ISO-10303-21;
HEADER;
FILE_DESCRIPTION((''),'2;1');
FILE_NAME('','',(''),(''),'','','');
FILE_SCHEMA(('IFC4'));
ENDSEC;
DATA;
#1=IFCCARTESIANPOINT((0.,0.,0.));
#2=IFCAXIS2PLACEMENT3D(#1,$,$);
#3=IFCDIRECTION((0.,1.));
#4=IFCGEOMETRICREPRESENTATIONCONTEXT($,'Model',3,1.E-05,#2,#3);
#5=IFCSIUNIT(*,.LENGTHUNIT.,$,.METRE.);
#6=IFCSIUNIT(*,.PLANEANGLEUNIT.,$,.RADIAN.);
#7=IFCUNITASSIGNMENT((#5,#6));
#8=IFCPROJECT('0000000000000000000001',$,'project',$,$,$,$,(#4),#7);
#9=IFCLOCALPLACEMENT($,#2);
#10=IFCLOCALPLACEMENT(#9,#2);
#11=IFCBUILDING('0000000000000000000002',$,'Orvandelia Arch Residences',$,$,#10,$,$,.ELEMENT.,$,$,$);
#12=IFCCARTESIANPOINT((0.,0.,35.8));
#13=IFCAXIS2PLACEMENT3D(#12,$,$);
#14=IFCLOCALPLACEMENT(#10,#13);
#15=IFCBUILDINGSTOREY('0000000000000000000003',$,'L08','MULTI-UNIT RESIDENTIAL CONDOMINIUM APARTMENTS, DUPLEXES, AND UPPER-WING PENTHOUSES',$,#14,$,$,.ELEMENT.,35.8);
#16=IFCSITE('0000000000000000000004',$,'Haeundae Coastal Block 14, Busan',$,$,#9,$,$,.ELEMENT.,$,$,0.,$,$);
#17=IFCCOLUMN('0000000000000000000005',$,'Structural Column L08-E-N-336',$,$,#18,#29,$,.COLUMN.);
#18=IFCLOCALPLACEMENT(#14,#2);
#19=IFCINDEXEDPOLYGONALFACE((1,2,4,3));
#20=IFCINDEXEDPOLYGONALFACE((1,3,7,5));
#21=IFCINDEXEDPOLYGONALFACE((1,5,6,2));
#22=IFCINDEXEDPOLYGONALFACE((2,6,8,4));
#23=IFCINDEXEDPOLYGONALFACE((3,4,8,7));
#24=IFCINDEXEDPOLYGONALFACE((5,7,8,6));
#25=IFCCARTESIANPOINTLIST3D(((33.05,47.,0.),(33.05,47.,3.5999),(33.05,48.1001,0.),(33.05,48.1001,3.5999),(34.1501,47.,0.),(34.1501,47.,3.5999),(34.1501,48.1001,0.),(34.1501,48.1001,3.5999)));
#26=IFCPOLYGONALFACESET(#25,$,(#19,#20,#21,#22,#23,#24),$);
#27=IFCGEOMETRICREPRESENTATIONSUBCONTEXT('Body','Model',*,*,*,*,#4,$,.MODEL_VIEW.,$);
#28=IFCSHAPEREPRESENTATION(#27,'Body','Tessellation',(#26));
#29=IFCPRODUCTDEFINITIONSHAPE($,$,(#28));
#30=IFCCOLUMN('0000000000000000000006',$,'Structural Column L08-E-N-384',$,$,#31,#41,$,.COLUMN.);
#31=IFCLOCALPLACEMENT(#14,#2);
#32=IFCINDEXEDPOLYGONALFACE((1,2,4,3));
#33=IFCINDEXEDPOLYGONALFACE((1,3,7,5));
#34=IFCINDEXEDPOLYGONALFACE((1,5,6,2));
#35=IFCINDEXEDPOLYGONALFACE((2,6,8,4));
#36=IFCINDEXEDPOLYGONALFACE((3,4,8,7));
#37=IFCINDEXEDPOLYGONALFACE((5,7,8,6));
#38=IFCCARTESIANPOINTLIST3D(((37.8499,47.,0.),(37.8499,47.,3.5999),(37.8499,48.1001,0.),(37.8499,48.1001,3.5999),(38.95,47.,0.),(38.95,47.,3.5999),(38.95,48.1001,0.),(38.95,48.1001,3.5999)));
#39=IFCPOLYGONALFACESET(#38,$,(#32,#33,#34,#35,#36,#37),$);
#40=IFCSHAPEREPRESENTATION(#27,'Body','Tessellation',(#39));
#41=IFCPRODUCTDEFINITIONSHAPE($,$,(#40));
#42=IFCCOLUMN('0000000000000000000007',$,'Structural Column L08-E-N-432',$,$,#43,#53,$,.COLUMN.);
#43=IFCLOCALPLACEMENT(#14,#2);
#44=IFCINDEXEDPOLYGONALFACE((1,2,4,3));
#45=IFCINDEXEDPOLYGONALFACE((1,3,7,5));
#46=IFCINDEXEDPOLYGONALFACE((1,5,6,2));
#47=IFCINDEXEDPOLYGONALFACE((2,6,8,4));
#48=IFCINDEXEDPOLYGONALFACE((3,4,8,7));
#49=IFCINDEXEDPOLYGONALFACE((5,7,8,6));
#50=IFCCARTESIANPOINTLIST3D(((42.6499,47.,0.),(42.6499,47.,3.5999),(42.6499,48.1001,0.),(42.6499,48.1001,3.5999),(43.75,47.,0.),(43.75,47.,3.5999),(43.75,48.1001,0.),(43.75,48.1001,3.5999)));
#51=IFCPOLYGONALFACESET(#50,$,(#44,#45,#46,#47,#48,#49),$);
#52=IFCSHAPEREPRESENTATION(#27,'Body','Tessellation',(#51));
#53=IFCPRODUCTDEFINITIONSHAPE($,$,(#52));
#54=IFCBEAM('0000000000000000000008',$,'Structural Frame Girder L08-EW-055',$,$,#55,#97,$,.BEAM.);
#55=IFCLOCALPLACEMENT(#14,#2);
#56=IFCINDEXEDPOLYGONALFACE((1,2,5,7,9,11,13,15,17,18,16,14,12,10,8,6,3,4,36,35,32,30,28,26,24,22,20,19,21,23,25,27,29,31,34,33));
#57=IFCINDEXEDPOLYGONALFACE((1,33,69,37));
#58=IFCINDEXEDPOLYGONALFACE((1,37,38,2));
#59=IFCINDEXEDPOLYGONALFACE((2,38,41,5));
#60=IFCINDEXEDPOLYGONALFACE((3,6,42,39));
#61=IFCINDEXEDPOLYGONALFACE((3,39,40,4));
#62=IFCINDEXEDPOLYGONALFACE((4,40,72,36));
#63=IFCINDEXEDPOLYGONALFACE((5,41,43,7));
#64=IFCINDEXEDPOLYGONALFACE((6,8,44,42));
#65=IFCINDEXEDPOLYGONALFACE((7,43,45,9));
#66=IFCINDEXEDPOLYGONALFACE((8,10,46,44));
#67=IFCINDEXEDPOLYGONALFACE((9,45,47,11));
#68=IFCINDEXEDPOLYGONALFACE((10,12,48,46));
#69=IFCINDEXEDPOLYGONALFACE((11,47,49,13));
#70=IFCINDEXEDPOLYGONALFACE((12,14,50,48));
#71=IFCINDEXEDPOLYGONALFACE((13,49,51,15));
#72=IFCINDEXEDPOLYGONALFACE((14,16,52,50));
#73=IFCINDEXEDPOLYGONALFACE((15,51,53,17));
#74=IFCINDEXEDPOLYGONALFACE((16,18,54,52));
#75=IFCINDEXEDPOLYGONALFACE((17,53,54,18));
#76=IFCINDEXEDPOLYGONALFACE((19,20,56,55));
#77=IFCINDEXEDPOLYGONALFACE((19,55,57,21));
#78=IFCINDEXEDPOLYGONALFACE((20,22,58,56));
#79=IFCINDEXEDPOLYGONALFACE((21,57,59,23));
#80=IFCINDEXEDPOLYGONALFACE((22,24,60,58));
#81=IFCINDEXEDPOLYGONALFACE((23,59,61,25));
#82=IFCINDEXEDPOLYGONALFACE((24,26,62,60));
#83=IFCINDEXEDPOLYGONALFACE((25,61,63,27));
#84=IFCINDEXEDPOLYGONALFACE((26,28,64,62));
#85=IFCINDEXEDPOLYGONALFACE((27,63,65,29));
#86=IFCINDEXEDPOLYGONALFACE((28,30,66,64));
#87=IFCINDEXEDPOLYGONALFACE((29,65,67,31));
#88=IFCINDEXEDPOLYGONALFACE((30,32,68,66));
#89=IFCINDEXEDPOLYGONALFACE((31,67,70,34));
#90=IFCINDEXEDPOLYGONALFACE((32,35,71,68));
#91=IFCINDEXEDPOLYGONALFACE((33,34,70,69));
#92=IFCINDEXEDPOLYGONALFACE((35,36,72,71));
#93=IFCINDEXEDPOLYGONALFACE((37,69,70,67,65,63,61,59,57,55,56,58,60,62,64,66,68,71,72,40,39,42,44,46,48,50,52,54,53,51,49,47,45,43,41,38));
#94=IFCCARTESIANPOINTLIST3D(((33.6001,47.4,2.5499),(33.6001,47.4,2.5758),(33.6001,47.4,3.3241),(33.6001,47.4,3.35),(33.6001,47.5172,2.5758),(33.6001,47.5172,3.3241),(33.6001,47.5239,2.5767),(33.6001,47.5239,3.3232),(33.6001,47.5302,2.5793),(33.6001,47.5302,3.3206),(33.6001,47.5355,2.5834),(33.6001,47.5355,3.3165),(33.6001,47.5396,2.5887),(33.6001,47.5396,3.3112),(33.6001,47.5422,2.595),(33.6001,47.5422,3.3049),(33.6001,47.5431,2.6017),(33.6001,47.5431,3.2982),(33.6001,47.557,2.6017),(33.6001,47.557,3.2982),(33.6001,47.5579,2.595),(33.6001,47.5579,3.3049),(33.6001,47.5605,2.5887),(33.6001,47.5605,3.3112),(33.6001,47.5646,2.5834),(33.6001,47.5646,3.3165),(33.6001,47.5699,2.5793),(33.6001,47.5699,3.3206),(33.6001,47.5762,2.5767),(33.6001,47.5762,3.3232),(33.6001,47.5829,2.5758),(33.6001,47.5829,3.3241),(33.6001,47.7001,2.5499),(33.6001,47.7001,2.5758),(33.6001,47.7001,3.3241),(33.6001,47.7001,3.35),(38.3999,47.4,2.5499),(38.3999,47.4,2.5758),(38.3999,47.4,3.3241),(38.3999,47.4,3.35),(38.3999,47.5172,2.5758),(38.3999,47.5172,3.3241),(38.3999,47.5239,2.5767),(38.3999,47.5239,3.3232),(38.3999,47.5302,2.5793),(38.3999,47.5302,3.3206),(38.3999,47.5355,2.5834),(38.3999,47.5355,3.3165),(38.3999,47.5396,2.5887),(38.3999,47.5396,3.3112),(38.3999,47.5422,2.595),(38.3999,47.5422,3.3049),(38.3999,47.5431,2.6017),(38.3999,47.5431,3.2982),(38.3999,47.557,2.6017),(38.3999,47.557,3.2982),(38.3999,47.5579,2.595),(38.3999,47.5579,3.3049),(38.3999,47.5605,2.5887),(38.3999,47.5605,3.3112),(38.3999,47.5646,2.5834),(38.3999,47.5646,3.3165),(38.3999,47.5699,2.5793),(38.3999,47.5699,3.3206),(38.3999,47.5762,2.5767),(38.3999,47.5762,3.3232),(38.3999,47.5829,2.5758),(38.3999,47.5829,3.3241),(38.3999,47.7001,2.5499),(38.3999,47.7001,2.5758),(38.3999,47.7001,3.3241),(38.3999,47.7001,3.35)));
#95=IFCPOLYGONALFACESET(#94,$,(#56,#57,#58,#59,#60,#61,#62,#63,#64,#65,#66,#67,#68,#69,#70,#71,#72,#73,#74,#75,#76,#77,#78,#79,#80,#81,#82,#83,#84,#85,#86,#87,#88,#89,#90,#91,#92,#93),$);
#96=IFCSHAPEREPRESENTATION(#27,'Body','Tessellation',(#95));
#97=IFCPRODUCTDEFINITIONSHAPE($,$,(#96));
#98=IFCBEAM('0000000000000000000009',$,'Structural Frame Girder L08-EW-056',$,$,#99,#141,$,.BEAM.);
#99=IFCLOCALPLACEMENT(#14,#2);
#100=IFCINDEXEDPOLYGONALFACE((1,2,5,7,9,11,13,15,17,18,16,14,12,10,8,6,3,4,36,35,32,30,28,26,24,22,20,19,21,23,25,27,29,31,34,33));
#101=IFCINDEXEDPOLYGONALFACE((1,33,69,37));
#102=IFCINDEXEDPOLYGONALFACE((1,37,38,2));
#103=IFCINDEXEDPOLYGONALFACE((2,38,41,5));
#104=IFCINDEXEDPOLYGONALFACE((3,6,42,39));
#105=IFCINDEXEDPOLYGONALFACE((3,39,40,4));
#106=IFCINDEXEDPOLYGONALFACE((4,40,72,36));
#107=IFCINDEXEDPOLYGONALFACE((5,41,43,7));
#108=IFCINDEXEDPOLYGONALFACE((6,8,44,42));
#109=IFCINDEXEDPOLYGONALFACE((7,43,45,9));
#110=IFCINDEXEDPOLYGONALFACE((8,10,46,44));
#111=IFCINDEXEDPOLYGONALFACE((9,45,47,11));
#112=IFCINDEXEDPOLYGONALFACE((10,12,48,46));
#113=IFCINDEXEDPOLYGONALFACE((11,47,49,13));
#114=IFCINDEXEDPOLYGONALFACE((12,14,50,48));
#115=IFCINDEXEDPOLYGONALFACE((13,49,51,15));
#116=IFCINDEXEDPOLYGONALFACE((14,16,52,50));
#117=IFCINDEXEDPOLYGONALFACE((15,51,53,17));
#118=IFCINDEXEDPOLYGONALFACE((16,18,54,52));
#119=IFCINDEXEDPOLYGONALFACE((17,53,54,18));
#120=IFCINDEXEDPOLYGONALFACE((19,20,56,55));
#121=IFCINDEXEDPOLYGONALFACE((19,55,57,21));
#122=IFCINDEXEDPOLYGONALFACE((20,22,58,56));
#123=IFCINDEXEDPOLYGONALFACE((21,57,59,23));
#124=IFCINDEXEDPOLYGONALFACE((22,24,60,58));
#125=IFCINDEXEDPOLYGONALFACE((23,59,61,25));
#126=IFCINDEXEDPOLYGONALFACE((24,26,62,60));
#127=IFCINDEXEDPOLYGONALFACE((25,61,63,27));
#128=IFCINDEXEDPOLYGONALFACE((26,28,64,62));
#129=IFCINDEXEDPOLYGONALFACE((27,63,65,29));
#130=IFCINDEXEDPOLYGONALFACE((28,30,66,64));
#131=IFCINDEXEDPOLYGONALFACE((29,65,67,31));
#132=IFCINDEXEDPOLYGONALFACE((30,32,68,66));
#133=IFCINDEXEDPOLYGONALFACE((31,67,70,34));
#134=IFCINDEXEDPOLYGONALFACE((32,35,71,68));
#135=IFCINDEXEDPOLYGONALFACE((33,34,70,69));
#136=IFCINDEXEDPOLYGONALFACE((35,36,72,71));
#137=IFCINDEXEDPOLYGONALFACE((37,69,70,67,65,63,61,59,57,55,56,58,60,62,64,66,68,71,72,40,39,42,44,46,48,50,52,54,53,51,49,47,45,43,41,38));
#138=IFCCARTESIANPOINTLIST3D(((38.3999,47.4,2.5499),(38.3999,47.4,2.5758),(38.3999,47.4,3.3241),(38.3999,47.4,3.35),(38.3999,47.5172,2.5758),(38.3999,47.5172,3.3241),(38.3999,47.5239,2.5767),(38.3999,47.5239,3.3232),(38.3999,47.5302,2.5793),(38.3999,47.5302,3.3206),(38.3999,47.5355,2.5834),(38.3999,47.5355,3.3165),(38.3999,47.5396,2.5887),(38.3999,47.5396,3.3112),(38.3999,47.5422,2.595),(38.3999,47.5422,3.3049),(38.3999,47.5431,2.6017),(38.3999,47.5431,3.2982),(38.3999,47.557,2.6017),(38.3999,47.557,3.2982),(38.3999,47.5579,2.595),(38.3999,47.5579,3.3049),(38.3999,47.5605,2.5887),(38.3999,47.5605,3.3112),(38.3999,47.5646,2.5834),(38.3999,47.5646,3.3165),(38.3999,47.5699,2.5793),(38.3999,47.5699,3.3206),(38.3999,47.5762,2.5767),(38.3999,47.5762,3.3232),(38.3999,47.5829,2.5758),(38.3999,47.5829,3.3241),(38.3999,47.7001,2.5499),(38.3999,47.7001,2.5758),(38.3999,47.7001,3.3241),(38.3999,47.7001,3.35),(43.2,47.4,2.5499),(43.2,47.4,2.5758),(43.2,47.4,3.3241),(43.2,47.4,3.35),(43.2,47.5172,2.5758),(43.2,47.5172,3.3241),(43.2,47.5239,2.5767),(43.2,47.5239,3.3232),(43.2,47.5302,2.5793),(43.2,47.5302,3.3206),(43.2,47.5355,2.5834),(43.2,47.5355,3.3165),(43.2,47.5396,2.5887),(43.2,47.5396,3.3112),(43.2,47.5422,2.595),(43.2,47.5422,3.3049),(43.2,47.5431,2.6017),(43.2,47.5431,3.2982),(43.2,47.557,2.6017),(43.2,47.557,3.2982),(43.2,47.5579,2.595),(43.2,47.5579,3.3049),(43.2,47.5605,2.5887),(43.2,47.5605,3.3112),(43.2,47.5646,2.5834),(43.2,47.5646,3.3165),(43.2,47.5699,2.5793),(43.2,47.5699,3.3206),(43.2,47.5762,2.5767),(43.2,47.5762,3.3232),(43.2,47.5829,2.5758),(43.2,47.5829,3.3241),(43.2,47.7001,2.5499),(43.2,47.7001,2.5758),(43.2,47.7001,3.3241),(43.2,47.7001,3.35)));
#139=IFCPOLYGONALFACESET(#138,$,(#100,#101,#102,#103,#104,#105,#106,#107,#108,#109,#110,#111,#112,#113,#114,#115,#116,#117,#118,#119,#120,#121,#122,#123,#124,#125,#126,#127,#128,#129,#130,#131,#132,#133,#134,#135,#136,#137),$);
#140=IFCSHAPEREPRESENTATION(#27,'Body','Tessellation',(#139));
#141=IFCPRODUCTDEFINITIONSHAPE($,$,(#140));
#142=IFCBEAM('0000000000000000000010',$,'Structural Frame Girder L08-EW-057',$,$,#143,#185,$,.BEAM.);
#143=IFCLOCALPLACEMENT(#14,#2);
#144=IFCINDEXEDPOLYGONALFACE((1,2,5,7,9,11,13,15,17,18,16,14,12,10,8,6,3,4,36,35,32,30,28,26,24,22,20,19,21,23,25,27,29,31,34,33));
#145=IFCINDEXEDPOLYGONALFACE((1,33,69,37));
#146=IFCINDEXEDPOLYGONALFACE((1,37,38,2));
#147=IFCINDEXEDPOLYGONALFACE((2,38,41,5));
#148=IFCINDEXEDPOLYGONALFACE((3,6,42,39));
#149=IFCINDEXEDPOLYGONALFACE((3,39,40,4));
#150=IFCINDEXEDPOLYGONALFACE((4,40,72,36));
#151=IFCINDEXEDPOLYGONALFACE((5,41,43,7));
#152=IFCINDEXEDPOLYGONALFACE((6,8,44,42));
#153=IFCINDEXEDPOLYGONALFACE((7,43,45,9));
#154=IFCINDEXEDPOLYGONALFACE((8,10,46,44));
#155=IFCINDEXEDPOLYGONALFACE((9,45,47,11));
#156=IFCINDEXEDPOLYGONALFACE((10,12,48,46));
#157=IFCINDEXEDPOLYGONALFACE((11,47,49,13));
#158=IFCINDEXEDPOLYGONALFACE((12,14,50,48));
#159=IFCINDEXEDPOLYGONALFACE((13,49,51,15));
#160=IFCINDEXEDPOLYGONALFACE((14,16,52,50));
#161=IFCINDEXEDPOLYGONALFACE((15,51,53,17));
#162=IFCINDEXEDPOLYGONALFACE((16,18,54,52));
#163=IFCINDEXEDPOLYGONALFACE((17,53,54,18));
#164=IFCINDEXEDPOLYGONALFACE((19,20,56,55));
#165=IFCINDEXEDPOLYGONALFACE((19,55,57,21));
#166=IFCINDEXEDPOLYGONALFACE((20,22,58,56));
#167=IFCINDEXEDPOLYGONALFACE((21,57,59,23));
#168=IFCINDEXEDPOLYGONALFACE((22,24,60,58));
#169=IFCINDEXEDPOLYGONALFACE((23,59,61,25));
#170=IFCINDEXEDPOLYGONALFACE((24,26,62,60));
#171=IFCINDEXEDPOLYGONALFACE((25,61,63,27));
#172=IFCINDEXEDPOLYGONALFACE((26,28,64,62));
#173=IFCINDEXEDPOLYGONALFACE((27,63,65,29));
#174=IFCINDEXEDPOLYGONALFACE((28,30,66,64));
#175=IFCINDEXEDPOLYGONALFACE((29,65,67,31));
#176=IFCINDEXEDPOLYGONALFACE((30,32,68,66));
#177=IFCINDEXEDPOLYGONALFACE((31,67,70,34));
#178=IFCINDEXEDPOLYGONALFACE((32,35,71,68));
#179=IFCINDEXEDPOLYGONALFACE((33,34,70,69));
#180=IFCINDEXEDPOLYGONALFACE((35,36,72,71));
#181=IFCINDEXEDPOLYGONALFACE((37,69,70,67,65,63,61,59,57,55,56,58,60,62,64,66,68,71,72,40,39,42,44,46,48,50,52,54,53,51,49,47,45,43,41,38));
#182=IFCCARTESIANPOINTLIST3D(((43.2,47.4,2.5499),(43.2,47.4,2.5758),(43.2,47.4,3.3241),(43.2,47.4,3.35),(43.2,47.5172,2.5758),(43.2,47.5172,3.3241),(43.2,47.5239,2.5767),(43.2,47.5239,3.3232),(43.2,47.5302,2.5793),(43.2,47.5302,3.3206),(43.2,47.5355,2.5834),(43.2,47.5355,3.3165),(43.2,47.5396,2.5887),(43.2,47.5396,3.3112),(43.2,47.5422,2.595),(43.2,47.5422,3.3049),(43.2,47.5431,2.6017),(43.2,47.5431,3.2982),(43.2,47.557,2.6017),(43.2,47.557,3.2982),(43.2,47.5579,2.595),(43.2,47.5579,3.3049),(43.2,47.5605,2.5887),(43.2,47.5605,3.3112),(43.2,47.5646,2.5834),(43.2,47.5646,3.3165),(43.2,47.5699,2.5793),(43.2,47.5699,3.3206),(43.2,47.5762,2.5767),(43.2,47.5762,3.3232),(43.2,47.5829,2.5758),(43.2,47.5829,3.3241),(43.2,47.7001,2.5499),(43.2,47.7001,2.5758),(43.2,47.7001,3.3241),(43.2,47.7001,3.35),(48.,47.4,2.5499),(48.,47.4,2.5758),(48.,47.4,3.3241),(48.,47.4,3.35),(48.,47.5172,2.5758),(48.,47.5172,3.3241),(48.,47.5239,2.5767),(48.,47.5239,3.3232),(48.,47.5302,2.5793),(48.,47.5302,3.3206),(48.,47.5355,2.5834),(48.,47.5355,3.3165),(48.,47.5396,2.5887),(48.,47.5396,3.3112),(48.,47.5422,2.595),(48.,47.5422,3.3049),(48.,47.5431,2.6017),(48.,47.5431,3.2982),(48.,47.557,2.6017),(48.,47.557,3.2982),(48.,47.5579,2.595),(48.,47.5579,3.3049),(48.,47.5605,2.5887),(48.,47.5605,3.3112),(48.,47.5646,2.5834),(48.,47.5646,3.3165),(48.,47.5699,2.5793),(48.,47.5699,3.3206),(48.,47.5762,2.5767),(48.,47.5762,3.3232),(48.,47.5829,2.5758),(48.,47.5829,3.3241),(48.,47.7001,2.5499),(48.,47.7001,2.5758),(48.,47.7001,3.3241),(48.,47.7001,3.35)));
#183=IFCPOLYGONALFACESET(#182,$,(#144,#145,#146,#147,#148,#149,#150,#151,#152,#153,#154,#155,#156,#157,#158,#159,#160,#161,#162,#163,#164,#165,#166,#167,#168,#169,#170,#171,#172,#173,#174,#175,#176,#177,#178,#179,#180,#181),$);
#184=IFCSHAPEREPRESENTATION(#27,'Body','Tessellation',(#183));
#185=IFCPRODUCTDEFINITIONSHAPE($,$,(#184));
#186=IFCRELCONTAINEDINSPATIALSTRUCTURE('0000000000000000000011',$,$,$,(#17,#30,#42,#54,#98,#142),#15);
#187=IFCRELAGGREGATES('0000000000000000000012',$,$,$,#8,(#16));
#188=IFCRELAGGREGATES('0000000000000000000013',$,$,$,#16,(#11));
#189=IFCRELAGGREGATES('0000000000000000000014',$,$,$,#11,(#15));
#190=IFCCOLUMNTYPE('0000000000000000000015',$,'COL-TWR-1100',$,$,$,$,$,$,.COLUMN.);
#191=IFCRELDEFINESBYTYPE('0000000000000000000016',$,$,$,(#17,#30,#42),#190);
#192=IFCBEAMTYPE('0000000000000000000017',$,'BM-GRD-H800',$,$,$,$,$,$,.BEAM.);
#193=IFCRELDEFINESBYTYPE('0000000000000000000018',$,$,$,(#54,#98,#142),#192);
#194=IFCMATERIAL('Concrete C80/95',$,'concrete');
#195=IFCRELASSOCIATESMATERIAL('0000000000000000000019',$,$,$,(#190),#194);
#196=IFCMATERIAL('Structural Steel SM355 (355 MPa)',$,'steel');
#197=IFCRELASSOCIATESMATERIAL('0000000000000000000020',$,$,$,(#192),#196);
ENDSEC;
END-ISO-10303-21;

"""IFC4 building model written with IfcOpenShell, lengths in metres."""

from ifc_helpers import new_model, si_unit, direction, frame, origin, origin_2d, place, context, subcontext, project, spatial, rectangle, i_section, extrude, material, material_profile, profile_set, type_object, element, save


model = new_model("IFC4")

# Units and contexts
model_context = context("Model", 3, precision=1e-05, world=origin(), true_north=direction((0.0, 1.0)))
body_context = subcontext(model_context, "Body", "Model", "MODEL_VIEW")
ifc_project = project(units=[si_unit("LENGTHUNIT", "METRE"), si_unit("PLANEANGLEUNIT", "RADIAN")], contexts=[model_context])

# Site, building, storey
site_placement = place(None, origin())
site = spatial("IfcSite", under=ifc_project, at=site_placement, Name="Haeundae Coastal Block 14, Busan", CompositionType="ELEMENT", RefElevation=0.0)
building_placement = place(site_placement, origin())
building = spatial("IfcBuilding", under=site, at=building_placement, Name="Orvandelia Arch Residences", CompositionType="ELEMENT")
storey_placement = place(building_placement, frame((0.0, 0.0, 35.8)))
storey = spatial("IfcBuildingStorey", under=building, at=storey_placement, Name="L08", Description="MULTI-UNIT RESIDENTIAL CONDOMINIUM APARTMENTS, DUPLEXES, AND UPPER-WING PENTHOUSES", CompositionType="ELEMENT", Elevation=35.8)

# Columns
ifc_material_1 = material(Name="Concrete C80/95", Category="concrete")
ifc_material_profile_1 = material_profile(ifc_material_1, rectangle(XDim=1.1001, YDim=1.1001, at=origin_2d()), Name="Concrete C80/95", Category="concrete")
ifc_profile_set_1 = profile_set([ifc_material_profile_1], Name="Concrete C80/95")
column_type = type_object("IfcColumnType", Name="COL-TWR-1100", PredefinedType="COLUMN", material=ifc_profile_set_1)
for number, where, z_axis, x_axis, name in (
    (1, (33.6001, 47.55, 0.0), (0.0, 0.0, 1.0), (1.0, 0.0, 0.0), "Structural Column L08-E-N-336"),
    (2, (38.3999, 47.55, 0.0), (0.0, 0.0, 1.0), (1.0, 0.0, 0.0), "Structural Column L08-E-N-384"),
    (3, (43.2, 47.55, 0.0), (0.0, 0.0, 1.0), (1.0, 0.0, 0.0), "Structural Column L08-E-N-432"),
):
    element("IfcColumn", number, at=place(storey_placement, frame(where, z_axis=z_axis, x_axis=x_axis)), inside=storey, type_object=column_type, Name=name, PredefinedType="COLUMN", context=body_context, shape_type="SweptSolid", body=[
        extrude(rectangle(XDim=1.1001, YDim=1.1001, at=origin_2d()), origin(), (0.0, 0.0, 1.0), 3.5999),
    ])

# Beams
ifc_material_2 = material(Name="Structural Steel SM355 (355 MPa)", Category="steel")
ifc_material_profile_2 = material_profile(ifc_material_2, i_section(OverallWidth=0.3, OverallDepth=0.8, WebThickness=0.0139, FlangeThickness=0.0259, FilletRadius=0.0259, at=origin_2d()), Name="Structural Steel SM355 (355 MPa)", Category="steel")
ifc_profile_set_2 = profile_set([ifc_material_profile_2], Name="Structural Steel SM355 (355 MPa)")
beam_type = type_object("IfcBeamType", Name="BM-GRD-H800", PredefinedType="BEAM", material=ifc_profile_set_2)
beam_placement = place(storey_placement, frame((33.6001, 47.55, 2.95), z_axis=(1.0, 0.0, 0.0), x_axis=(0.0, 1.0, 0.0)))
element("IfcBeam", 4, at=beam_placement, inside=storey, type_object=beam_type, Name="Structural Frame Girder L08-EW-055", PredefinedType="BEAM", context=body_context, shape_type="SweptSolid", body=[
    extrude(i_section(OverallWidth=0.3, OverallDepth=0.8, WebThickness=0.0139, FlangeThickness=0.0259, FilletRadius=0.0259, at=origin_2d()), origin(), (0.0, 0.0, 1.0), 4.7998),
])
for number, where, z_axis, x_axis, name in (
    (5, (38.3999, 47.55, 2.95), (1.0, 0.0, 0.0), (0.0, 1.0, 0.0), "Structural Frame Girder L08-EW-056"),
    (6, (43.2, 47.55, 2.95), (1.0, 0.0, 0.0), (0.0, 1.0, 0.0), "Structural Frame Girder L08-EW-057"),
):
    element("IfcBeam", number, at=place(storey_placement, frame(where, z_axis=z_axis, x_axis=x_axis)), inside=storey, type_object=beam_type, Name=name, PredefinedType="BEAM", context=body_context, shape_type="SweptSolid", body=[
        extrude(i_section(OverallWidth=0.3, OverallDepth=0.8, WebThickness=0.0139, FlangeThickness=0.0259, FilletRadius=0.0259, at=origin_2d()), origin(), (0.0, 0.0, 1.0), 4.8),
    ])

save(model, "model.ifc")
